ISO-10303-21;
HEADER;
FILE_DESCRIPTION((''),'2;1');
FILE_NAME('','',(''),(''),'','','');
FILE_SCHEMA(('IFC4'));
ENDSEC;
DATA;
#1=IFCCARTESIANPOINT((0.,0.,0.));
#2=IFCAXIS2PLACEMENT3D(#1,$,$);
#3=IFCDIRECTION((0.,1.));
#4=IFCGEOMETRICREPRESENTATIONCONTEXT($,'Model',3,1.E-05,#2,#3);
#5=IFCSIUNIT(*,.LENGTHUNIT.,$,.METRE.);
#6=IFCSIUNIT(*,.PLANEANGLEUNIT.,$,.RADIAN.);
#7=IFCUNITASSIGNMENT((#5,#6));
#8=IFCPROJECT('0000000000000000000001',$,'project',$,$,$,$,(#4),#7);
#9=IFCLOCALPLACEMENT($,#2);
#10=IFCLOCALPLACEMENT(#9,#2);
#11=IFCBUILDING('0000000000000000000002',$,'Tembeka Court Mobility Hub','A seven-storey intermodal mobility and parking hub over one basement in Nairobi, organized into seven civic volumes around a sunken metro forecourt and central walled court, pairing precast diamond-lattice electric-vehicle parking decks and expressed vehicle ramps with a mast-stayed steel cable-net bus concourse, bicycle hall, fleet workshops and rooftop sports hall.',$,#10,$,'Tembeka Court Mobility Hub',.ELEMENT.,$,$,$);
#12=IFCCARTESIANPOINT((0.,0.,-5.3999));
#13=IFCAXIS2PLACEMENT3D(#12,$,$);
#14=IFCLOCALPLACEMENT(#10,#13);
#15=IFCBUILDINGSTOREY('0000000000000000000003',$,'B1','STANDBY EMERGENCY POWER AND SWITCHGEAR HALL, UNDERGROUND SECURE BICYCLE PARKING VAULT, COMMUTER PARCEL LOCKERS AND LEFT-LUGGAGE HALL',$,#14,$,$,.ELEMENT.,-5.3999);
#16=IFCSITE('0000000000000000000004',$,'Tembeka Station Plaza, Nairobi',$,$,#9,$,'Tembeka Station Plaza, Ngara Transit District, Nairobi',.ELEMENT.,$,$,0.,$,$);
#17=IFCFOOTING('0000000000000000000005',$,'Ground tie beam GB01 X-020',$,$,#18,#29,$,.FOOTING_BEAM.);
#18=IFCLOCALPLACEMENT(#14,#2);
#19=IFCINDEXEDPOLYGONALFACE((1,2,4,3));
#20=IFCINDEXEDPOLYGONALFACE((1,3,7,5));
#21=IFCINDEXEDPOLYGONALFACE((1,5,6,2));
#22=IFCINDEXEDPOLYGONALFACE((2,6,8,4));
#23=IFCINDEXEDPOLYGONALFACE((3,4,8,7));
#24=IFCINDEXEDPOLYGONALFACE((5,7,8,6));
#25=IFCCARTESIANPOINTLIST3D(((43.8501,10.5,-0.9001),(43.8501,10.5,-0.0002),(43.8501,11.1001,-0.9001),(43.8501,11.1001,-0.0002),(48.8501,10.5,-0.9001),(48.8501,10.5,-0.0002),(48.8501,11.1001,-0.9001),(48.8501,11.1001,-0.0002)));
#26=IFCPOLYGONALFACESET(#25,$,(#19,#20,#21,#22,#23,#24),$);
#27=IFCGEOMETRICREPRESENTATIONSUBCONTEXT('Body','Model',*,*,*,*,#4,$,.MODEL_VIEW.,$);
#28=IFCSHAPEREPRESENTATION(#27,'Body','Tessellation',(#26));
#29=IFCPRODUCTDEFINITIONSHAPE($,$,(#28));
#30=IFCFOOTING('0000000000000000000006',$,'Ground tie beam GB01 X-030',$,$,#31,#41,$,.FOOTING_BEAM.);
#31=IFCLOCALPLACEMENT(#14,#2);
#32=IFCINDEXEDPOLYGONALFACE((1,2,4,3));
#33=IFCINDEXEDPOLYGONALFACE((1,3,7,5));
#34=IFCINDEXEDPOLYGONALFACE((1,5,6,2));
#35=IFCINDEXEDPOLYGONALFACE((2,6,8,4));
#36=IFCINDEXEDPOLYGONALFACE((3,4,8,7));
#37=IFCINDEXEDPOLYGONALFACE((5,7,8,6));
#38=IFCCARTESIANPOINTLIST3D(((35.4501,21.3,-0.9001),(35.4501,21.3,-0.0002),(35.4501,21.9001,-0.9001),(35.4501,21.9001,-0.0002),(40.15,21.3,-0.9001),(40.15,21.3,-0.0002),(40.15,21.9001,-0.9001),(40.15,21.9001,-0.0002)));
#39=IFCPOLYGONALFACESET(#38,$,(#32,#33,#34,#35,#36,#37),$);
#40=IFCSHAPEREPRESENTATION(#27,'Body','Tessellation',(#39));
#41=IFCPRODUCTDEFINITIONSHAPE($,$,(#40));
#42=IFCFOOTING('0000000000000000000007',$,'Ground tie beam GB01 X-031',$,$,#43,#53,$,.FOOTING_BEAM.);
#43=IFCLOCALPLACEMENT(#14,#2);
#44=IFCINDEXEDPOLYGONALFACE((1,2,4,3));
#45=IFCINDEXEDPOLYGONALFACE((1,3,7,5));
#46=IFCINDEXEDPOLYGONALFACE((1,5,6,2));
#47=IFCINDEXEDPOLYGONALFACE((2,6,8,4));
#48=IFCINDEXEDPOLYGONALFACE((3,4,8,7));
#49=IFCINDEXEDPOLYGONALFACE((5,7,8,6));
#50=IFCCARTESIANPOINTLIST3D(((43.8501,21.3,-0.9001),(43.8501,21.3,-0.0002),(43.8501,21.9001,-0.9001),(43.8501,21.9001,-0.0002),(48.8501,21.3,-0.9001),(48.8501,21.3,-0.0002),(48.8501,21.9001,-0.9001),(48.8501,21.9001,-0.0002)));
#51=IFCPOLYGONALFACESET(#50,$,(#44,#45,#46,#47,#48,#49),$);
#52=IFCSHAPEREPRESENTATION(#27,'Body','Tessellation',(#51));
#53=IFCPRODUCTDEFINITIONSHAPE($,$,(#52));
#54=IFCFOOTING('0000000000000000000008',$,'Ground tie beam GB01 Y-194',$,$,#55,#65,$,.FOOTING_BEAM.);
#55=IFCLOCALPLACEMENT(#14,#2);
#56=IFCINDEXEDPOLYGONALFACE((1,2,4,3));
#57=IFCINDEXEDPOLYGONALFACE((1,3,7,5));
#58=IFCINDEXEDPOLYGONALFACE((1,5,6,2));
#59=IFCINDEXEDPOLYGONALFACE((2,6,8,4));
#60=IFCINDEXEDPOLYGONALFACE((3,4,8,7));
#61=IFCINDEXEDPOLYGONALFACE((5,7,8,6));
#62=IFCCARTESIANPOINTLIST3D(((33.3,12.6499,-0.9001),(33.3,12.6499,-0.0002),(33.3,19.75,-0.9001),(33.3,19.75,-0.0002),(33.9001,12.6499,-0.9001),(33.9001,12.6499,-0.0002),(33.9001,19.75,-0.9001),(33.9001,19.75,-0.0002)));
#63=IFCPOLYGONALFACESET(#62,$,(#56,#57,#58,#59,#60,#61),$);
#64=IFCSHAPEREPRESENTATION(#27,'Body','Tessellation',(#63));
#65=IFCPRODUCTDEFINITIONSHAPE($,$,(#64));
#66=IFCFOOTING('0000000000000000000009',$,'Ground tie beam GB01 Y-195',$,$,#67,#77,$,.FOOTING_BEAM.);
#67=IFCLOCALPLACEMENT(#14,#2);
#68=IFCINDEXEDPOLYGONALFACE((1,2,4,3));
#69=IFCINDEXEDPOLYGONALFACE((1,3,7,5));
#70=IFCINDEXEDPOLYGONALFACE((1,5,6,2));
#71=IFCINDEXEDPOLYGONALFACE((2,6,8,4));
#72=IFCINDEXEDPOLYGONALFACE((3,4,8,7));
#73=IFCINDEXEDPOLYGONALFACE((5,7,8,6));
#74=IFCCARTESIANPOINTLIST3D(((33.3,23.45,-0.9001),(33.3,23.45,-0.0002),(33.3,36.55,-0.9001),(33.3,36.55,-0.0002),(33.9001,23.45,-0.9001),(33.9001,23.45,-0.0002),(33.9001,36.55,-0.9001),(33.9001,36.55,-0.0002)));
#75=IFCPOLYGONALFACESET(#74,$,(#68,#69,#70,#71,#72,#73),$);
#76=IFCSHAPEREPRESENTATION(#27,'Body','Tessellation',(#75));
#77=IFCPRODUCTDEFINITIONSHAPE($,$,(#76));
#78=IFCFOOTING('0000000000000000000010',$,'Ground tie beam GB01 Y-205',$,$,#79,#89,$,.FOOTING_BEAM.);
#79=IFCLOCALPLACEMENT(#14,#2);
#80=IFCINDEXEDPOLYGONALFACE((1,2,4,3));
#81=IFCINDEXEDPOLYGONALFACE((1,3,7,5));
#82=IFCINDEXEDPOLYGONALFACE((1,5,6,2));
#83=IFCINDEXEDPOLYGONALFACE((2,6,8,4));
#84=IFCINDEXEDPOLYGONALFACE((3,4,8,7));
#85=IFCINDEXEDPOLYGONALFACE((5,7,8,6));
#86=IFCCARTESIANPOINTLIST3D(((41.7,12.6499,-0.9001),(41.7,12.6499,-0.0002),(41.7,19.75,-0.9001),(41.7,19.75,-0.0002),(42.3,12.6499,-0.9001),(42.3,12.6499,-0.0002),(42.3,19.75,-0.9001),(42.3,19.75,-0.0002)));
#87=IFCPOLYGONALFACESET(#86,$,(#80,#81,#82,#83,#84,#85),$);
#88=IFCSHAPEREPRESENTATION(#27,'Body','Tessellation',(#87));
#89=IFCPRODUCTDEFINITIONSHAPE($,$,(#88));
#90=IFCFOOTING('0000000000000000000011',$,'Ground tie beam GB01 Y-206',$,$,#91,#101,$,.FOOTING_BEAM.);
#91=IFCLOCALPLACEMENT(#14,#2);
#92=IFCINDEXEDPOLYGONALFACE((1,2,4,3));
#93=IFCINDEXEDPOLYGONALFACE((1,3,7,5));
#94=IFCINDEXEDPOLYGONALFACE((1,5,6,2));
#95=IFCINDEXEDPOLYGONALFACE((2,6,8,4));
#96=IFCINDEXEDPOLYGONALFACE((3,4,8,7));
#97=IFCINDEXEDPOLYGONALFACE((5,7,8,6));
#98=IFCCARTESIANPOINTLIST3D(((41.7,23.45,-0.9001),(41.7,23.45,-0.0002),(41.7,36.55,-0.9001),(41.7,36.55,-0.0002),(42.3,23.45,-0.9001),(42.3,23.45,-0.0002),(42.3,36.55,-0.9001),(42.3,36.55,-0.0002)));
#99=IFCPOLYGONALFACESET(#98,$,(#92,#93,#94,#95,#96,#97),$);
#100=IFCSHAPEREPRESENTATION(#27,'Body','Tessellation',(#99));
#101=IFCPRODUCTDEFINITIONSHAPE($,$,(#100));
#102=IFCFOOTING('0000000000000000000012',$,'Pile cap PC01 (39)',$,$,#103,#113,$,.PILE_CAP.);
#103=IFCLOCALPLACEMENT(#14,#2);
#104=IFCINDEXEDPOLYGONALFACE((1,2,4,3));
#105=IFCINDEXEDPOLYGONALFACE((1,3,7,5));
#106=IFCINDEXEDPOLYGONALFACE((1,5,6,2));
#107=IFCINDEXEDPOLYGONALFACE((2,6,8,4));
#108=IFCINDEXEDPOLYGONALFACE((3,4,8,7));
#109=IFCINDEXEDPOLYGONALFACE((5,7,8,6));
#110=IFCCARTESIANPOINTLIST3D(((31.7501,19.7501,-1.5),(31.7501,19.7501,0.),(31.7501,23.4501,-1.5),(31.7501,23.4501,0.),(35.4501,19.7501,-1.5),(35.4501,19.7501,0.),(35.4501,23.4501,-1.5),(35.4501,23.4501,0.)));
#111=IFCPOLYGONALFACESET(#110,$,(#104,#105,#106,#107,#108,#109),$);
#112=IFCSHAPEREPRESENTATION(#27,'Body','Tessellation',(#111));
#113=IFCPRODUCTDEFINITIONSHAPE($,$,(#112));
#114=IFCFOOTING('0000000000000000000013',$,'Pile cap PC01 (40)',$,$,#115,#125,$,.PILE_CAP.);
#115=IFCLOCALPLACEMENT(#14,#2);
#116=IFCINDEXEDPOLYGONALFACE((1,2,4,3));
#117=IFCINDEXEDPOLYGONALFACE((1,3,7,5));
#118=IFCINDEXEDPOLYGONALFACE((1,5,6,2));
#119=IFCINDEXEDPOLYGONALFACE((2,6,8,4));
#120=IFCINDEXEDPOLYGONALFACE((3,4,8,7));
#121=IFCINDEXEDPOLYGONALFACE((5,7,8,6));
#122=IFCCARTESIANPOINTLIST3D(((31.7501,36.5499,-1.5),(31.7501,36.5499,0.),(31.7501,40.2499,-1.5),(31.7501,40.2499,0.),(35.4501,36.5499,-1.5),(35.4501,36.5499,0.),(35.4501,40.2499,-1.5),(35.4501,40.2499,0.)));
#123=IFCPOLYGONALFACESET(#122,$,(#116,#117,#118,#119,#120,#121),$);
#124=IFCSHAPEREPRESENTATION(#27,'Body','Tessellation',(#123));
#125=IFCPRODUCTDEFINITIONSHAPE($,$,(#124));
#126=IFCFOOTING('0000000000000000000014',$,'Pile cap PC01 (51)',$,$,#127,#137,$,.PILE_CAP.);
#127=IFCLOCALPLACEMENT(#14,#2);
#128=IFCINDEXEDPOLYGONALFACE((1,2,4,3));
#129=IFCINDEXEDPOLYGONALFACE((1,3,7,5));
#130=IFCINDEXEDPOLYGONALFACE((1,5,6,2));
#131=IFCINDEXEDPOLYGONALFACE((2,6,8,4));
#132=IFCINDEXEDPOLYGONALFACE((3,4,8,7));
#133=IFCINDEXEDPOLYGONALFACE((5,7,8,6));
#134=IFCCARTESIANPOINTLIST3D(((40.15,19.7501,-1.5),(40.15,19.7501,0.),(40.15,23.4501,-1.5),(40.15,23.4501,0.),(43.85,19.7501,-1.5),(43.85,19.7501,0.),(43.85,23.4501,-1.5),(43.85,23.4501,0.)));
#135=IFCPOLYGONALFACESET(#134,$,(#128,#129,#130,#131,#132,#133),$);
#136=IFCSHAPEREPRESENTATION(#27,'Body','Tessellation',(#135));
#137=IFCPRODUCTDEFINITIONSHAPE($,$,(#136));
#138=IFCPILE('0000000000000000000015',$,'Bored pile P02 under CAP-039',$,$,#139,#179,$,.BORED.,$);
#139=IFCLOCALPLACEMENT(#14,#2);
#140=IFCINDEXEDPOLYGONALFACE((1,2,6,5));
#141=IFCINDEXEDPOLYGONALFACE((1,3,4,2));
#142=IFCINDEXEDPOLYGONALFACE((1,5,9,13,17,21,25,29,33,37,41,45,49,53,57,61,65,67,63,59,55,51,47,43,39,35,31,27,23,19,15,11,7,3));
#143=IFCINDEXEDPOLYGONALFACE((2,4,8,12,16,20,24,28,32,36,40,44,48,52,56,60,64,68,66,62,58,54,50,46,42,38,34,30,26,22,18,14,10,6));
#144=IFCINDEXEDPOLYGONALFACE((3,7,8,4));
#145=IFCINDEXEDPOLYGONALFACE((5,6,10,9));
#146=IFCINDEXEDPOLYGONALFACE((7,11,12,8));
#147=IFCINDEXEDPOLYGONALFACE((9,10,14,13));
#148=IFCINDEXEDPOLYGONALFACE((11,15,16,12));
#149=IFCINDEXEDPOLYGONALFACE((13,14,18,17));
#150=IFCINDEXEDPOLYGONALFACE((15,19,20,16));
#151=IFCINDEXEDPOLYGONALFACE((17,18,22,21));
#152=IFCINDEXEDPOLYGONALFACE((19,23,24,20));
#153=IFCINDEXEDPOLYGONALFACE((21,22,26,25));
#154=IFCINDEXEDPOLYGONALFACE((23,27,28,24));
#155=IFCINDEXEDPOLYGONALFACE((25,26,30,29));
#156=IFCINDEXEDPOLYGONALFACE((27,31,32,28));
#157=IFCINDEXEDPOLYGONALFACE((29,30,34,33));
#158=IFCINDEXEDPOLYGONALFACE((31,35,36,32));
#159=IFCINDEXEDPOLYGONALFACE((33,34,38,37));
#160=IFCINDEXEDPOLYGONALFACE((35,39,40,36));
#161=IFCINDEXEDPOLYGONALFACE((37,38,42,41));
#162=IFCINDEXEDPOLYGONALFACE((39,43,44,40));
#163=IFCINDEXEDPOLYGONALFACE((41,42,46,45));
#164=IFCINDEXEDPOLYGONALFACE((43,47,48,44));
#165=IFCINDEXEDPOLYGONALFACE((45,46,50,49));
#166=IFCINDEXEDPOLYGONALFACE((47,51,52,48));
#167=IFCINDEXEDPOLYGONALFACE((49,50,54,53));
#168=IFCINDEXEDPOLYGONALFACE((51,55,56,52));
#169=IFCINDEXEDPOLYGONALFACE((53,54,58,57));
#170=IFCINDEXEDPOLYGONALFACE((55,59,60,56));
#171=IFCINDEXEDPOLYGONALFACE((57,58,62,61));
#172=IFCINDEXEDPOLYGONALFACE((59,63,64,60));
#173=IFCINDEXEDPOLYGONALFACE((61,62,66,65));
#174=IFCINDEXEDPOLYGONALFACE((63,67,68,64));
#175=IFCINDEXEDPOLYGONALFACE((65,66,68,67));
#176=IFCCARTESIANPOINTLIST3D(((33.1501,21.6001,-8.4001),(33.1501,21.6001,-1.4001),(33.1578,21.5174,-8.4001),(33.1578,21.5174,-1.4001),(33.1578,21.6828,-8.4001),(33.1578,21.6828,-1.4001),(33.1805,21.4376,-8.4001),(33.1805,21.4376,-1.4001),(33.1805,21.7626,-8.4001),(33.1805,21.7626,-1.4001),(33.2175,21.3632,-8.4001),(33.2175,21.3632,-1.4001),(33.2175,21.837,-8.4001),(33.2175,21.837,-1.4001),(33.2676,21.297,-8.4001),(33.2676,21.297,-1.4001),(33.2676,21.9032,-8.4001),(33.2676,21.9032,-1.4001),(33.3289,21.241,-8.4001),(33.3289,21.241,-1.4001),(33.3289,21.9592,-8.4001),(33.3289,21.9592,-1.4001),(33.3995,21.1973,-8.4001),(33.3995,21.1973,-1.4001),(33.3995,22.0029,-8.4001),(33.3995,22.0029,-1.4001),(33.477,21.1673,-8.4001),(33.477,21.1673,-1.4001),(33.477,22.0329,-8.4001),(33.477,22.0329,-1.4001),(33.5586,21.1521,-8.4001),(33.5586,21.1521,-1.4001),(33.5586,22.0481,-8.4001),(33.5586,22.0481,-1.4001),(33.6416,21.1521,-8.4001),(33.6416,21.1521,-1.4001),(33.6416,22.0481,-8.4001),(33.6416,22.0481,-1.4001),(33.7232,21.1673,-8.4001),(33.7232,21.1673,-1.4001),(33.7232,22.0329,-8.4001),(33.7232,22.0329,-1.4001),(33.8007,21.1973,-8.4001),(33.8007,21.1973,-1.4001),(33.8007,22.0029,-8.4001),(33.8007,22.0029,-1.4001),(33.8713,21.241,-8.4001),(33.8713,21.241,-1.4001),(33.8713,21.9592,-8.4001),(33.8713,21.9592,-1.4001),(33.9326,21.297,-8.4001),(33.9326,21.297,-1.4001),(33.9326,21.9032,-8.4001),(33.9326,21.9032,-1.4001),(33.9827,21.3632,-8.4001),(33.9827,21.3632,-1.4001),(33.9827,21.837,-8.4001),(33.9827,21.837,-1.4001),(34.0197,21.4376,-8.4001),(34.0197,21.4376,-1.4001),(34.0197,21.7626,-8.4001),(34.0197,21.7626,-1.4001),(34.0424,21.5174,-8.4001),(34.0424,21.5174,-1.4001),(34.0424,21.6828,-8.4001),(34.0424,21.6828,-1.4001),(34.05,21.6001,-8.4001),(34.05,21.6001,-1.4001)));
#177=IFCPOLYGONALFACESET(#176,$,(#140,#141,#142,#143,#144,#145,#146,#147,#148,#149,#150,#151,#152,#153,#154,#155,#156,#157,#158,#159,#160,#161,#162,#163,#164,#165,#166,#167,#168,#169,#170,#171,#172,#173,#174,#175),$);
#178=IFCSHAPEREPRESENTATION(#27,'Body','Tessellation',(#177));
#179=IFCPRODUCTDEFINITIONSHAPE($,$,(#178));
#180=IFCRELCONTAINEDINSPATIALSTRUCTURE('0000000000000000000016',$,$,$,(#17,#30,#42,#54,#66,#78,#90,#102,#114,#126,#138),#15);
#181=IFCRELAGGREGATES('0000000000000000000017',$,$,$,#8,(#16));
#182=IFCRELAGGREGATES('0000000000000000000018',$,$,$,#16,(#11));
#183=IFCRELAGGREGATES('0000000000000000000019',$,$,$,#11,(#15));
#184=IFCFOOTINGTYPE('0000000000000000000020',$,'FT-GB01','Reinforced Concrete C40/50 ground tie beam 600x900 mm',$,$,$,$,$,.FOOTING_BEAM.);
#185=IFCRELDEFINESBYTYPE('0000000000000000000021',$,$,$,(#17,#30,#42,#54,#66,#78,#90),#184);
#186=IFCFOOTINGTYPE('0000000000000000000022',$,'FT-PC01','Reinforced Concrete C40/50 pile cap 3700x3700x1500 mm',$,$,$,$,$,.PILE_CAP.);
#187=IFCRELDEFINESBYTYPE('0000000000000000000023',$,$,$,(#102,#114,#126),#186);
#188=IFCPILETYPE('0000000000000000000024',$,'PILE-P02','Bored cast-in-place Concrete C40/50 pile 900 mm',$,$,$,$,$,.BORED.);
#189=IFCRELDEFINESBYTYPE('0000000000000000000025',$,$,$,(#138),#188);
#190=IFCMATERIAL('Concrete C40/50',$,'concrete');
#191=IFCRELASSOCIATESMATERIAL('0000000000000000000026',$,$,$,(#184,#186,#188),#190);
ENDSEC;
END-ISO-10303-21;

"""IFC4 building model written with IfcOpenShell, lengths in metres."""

from ifc_helpers import new_model, si_unit, direction, frame, origin, origin_2d, place, context, subcontext, project, spatial, rectangle, circle, extrude, material, material_profile, profile_set, type_object, element, save


model = new_model("IFC4")

# Units and contexts
model_context = context("Model", 3, precision=1e-05, world=origin(), true_north=direction((0.0, 1.0)))
body_context = subcontext(model_context, "Body", "Model", "MODEL_VIEW")
ifc_project = project(units=[si_unit("LENGTHUNIT", "METRE"), si_unit("PLANEANGLEUNIT", "RADIAN")], contexts=[model_context])

# Site, building, storey
site_placement = place(None, origin())
site = spatial("IfcSite", under=ifc_project, at=site_placement, Name="Tembeka Station Plaza, Nairobi", LongName="Tembeka Station Plaza, Ngara Transit District, Nairobi", CompositionType="ELEMENT", RefElevation=0.0)
building_placement = place(site_placement, origin())
building = spatial("IfcBuilding", under=site, at=building_placement, Name="Tembeka Court Mobility Hub", Description="A seven-storey intermodal mobility and parking hub over one basement in Nairobi, organized into seven civic volumes around a sunken metro forecourt and central walled court, pairing precast diamond-lattice electric-vehicle parking decks and expressed vehicle ramps with a mast-stayed steel cable-net bus concourse, bicycle hall, fleet workshops and rooftop sports hall.", LongName="Tembeka Court Mobility Hub", CompositionType="ELEMENT")
storey_placement = place(building_placement, frame((0.0, 0.0, -5.3999)))
storey = spatial("IfcBuildingStorey", under=building, at=storey_placement, Name="B1", Description="STANDBY EMERGENCY POWER AND SWITCHGEAR HALL, UNDERGROUND SECURE BICYCLE PARKING VAULT, COMMUTER PARCEL LOCKERS AND LEFT-LUGGAGE HALL", CompositionType="ELEMENT", Elevation=-5.3999)

# Footings
ifc_material_1 = material(Name="Concrete C40/50", Category="concrete")
footing_type_1 = type_object("IfcFootingType", Name="FT-GB01", Description="Reinforced Concrete C40/50 ground tie beam 600x900 mm", PredefinedType="FOOTING_BEAM", material=ifc_material_1)
footing_1_placement = place(storey_placement, frame((46.3501, 10.8, -0.9001), z_axis=(0.0, 0.0, 1.0), x_axis=(1.0, 0.0, 0.0)))
element("IfcFooting", 1, at=footing_1_placement, inside=storey, type_object=footing_type_1, Name="Ground tie beam GB01 X-020", PredefinedType="FOOTING_BEAM", context=body_context, shape_type="SweptSolid", body=[
    extrude(rectangle(XDim=5.0, YDim=0.6001, at=origin_2d()), origin(), (0.0, 0.0, 1.0), 0.8999),
])
footing_2_placement = place(storey_placement, frame((37.8, 21.6001, -0.9001), z_axis=(0.0, 0.0, 1.0), x_axis=(1.0, 0.0, 0.0)))
element("IfcFooting", 2, at=footing_2_placement, inside=storey, type_object=footing_type_1, Name="Ground tie beam GB01 X-030", PredefinedType="FOOTING_BEAM", context=body_context, shape_type="SweptSolid", body=[
    extrude(rectangle(XDim=4.7, YDim=0.6001, at=origin_2d()), origin(), (0.0, 0.0, 1.0), 0.8999),
])
footing_3_placement = place(storey_placement, frame((46.3501, 21.6001, -0.9001), z_axis=(0.0, 0.0, 1.0), x_axis=(1.0, 0.0, 0.0)))
element("IfcFooting", 3, at=footing_3_placement, inside=storey, type_object=footing_type_1, Name="Ground tie beam GB01 X-031", PredefinedType="FOOTING_BEAM", context=body_context, shape_type="SweptSolid", body=[
    extrude(rectangle(XDim=5.0, YDim=0.6001, at=origin_2d()), origin(), (0.0, 0.0, 1.0), 0.8999),
])
footing_4_placement = place(storey_placement, frame((33.6001, 16.2, -0.9001), z_axis=(0.0, 0.0, 1.0), x_axis=(0.0, 1.0, 0.0)))
element("IfcFooting", 4, at=footing_4_placement, inside=storey, type_object=footing_type_1, Name="Ground tie beam GB01 Y-194", PredefinedType="FOOTING_BEAM", context=body_context, shape_type="SweptSolid", body=[
    extrude(rectangle(XDim=7.1001, YDim=0.6001, at=origin_2d()), origin(), (0.0, 0.0, 1.0), 0.8999),
])
footing_5_placement = place(storey_placement, frame((33.6001, 30.0, -0.9001), z_axis=(0.0, 0.0, 1.0), x_axis=(0.0, 1.0, 0.0)))
element("IfcFooting", 5, at=footing_5_placement, inside=storey, type_object=footing_type_1, Name="Ground tie beam GB01 Y-195", PredefinedType="FOOTING_BEAM", context=body_context, shape_type="SweptSolid", body=[
    extrude(rectangle(XDim=13.1001, YDim=0.6001, at=origin_2d()), origin(), (0.0, 0.0, 1.0), 0.8999),
])
footing_6_placement = place(storey_placement, frame((42.0, 16.2, -0.9001), z_axis=(0.0, 0.0, 1.0), x_axis=(0.0, 1.0, 0.0)))
element("IfcFooting", 6, at=footing_6_placement, inside=storey, type_object=footing_type_1, Name="Ground tie beam GB01 Y-205", PredefinedType="FOOTING_BEAM", context=body_context, shape_type="SweptSolid", body=[
    extrude(rectangle(XDim=7.1001, YDim=0.6001, at=origin_2d()), origin(), (0.0, 0.0, 1.0), 0.8999),
])
footing_7_placement = place(storey_placement, frame((42.0, 30.0, -0.9001), z_axis=(0.0, 0.0, 1.0), x_axis=(0.0, 1.0, 0.0)))
element("IfcFooting", 7, at=footing_7_placement, inside=storey, type_object=footing_type_1, Name="Ground tie beam GB01 Y-206", PredefinedType="FOOTING_BEAM", context=body_context, shape_type="SweptSolid", body=[
    extrude(rectangle(XDim=13.1001, YDim=0.6001, at=origin_2d()), origin(), (0.0, 0.0, 1.0), 0.8999),
])
footing_type_2 = type_object("IfcFootingType", Name="FT-PC01", Description="Reinforced Concrete C40/50 pile cap 3700x3700x1500 mm", PredefinedType="PILE_CAP", material=ifc_material_1)
for number, where, z_axis, x_axis, name in (
    (8, (33.6001, 21.6001, -1.5), (0.0, 0.0, 1.0), (1.0, 0.0, 0.0), "Pile cap PC01 (39)"),
    (9, (33.6001, 38.3999, -1.5), (0.0, 0.0, 1.0), (1.0, 0.0, 0.0), "Pile cap PC01 (40)"),
    (10, (42.0, 21.6001, -1.5), (0.0, 0.0, 1.0), (1.0, 0.0, 0.0), "Pile cap PC01 (51)"),
):
    element("IfcFooting", number, at=place(storey_placement, frame(where, z_axis=z_axis, x_axis=x_axis)), inside=storey, type_object=footing_type_2, Name=name, PredefinedType="PILE_CAP", context=body_context, shape_type="SweptSolid", body=[
        extrude(rectangle(XDim=3.7, YDim=3.7, at=origin_2d()), origin(), (0.0, 0.0, 1.0), 1.5),
    ])

# Pile
ifc_material_profile_1 = material_profile(ifc_material_1, circle(Radius=0.45, at=origin_2d()), Name="PILE D900")
ifc_profile_set_1 = profile_set([ifc_material_profile_1], Name="Concrete C40/50")
pile_type = type_object("IfcPileType", Name="PILE-P02", Description="Bored cast-in-place Concrete C40/50 pile 900 mm", PredefinedType="BORED", material=ifc_profile_set_1)
for number, where, z_axis, x_axis, name in (
    (11, (33.6001, 21.6001, -1.4001), (0.0, 0.0, -1.0), (1.0, 0.0, 0.0), "Bored pile P02 under CAP-039"),
):
    element("IfcPile", number, at=place(storey_placement, frame(where, z_axis=z_axis, x_axis=x_axis)), inside=storey, type_object=pile_type, Name=name, PredefinedType="BORED", context=body_context, shape_type="SweptSolid", body=[
        extrude(circle(Radius=0.45, at=origin_2d()), origin(), (0.0, 0.0, 1.0), 7.0),
    ])

save(model, "model.ifc")
